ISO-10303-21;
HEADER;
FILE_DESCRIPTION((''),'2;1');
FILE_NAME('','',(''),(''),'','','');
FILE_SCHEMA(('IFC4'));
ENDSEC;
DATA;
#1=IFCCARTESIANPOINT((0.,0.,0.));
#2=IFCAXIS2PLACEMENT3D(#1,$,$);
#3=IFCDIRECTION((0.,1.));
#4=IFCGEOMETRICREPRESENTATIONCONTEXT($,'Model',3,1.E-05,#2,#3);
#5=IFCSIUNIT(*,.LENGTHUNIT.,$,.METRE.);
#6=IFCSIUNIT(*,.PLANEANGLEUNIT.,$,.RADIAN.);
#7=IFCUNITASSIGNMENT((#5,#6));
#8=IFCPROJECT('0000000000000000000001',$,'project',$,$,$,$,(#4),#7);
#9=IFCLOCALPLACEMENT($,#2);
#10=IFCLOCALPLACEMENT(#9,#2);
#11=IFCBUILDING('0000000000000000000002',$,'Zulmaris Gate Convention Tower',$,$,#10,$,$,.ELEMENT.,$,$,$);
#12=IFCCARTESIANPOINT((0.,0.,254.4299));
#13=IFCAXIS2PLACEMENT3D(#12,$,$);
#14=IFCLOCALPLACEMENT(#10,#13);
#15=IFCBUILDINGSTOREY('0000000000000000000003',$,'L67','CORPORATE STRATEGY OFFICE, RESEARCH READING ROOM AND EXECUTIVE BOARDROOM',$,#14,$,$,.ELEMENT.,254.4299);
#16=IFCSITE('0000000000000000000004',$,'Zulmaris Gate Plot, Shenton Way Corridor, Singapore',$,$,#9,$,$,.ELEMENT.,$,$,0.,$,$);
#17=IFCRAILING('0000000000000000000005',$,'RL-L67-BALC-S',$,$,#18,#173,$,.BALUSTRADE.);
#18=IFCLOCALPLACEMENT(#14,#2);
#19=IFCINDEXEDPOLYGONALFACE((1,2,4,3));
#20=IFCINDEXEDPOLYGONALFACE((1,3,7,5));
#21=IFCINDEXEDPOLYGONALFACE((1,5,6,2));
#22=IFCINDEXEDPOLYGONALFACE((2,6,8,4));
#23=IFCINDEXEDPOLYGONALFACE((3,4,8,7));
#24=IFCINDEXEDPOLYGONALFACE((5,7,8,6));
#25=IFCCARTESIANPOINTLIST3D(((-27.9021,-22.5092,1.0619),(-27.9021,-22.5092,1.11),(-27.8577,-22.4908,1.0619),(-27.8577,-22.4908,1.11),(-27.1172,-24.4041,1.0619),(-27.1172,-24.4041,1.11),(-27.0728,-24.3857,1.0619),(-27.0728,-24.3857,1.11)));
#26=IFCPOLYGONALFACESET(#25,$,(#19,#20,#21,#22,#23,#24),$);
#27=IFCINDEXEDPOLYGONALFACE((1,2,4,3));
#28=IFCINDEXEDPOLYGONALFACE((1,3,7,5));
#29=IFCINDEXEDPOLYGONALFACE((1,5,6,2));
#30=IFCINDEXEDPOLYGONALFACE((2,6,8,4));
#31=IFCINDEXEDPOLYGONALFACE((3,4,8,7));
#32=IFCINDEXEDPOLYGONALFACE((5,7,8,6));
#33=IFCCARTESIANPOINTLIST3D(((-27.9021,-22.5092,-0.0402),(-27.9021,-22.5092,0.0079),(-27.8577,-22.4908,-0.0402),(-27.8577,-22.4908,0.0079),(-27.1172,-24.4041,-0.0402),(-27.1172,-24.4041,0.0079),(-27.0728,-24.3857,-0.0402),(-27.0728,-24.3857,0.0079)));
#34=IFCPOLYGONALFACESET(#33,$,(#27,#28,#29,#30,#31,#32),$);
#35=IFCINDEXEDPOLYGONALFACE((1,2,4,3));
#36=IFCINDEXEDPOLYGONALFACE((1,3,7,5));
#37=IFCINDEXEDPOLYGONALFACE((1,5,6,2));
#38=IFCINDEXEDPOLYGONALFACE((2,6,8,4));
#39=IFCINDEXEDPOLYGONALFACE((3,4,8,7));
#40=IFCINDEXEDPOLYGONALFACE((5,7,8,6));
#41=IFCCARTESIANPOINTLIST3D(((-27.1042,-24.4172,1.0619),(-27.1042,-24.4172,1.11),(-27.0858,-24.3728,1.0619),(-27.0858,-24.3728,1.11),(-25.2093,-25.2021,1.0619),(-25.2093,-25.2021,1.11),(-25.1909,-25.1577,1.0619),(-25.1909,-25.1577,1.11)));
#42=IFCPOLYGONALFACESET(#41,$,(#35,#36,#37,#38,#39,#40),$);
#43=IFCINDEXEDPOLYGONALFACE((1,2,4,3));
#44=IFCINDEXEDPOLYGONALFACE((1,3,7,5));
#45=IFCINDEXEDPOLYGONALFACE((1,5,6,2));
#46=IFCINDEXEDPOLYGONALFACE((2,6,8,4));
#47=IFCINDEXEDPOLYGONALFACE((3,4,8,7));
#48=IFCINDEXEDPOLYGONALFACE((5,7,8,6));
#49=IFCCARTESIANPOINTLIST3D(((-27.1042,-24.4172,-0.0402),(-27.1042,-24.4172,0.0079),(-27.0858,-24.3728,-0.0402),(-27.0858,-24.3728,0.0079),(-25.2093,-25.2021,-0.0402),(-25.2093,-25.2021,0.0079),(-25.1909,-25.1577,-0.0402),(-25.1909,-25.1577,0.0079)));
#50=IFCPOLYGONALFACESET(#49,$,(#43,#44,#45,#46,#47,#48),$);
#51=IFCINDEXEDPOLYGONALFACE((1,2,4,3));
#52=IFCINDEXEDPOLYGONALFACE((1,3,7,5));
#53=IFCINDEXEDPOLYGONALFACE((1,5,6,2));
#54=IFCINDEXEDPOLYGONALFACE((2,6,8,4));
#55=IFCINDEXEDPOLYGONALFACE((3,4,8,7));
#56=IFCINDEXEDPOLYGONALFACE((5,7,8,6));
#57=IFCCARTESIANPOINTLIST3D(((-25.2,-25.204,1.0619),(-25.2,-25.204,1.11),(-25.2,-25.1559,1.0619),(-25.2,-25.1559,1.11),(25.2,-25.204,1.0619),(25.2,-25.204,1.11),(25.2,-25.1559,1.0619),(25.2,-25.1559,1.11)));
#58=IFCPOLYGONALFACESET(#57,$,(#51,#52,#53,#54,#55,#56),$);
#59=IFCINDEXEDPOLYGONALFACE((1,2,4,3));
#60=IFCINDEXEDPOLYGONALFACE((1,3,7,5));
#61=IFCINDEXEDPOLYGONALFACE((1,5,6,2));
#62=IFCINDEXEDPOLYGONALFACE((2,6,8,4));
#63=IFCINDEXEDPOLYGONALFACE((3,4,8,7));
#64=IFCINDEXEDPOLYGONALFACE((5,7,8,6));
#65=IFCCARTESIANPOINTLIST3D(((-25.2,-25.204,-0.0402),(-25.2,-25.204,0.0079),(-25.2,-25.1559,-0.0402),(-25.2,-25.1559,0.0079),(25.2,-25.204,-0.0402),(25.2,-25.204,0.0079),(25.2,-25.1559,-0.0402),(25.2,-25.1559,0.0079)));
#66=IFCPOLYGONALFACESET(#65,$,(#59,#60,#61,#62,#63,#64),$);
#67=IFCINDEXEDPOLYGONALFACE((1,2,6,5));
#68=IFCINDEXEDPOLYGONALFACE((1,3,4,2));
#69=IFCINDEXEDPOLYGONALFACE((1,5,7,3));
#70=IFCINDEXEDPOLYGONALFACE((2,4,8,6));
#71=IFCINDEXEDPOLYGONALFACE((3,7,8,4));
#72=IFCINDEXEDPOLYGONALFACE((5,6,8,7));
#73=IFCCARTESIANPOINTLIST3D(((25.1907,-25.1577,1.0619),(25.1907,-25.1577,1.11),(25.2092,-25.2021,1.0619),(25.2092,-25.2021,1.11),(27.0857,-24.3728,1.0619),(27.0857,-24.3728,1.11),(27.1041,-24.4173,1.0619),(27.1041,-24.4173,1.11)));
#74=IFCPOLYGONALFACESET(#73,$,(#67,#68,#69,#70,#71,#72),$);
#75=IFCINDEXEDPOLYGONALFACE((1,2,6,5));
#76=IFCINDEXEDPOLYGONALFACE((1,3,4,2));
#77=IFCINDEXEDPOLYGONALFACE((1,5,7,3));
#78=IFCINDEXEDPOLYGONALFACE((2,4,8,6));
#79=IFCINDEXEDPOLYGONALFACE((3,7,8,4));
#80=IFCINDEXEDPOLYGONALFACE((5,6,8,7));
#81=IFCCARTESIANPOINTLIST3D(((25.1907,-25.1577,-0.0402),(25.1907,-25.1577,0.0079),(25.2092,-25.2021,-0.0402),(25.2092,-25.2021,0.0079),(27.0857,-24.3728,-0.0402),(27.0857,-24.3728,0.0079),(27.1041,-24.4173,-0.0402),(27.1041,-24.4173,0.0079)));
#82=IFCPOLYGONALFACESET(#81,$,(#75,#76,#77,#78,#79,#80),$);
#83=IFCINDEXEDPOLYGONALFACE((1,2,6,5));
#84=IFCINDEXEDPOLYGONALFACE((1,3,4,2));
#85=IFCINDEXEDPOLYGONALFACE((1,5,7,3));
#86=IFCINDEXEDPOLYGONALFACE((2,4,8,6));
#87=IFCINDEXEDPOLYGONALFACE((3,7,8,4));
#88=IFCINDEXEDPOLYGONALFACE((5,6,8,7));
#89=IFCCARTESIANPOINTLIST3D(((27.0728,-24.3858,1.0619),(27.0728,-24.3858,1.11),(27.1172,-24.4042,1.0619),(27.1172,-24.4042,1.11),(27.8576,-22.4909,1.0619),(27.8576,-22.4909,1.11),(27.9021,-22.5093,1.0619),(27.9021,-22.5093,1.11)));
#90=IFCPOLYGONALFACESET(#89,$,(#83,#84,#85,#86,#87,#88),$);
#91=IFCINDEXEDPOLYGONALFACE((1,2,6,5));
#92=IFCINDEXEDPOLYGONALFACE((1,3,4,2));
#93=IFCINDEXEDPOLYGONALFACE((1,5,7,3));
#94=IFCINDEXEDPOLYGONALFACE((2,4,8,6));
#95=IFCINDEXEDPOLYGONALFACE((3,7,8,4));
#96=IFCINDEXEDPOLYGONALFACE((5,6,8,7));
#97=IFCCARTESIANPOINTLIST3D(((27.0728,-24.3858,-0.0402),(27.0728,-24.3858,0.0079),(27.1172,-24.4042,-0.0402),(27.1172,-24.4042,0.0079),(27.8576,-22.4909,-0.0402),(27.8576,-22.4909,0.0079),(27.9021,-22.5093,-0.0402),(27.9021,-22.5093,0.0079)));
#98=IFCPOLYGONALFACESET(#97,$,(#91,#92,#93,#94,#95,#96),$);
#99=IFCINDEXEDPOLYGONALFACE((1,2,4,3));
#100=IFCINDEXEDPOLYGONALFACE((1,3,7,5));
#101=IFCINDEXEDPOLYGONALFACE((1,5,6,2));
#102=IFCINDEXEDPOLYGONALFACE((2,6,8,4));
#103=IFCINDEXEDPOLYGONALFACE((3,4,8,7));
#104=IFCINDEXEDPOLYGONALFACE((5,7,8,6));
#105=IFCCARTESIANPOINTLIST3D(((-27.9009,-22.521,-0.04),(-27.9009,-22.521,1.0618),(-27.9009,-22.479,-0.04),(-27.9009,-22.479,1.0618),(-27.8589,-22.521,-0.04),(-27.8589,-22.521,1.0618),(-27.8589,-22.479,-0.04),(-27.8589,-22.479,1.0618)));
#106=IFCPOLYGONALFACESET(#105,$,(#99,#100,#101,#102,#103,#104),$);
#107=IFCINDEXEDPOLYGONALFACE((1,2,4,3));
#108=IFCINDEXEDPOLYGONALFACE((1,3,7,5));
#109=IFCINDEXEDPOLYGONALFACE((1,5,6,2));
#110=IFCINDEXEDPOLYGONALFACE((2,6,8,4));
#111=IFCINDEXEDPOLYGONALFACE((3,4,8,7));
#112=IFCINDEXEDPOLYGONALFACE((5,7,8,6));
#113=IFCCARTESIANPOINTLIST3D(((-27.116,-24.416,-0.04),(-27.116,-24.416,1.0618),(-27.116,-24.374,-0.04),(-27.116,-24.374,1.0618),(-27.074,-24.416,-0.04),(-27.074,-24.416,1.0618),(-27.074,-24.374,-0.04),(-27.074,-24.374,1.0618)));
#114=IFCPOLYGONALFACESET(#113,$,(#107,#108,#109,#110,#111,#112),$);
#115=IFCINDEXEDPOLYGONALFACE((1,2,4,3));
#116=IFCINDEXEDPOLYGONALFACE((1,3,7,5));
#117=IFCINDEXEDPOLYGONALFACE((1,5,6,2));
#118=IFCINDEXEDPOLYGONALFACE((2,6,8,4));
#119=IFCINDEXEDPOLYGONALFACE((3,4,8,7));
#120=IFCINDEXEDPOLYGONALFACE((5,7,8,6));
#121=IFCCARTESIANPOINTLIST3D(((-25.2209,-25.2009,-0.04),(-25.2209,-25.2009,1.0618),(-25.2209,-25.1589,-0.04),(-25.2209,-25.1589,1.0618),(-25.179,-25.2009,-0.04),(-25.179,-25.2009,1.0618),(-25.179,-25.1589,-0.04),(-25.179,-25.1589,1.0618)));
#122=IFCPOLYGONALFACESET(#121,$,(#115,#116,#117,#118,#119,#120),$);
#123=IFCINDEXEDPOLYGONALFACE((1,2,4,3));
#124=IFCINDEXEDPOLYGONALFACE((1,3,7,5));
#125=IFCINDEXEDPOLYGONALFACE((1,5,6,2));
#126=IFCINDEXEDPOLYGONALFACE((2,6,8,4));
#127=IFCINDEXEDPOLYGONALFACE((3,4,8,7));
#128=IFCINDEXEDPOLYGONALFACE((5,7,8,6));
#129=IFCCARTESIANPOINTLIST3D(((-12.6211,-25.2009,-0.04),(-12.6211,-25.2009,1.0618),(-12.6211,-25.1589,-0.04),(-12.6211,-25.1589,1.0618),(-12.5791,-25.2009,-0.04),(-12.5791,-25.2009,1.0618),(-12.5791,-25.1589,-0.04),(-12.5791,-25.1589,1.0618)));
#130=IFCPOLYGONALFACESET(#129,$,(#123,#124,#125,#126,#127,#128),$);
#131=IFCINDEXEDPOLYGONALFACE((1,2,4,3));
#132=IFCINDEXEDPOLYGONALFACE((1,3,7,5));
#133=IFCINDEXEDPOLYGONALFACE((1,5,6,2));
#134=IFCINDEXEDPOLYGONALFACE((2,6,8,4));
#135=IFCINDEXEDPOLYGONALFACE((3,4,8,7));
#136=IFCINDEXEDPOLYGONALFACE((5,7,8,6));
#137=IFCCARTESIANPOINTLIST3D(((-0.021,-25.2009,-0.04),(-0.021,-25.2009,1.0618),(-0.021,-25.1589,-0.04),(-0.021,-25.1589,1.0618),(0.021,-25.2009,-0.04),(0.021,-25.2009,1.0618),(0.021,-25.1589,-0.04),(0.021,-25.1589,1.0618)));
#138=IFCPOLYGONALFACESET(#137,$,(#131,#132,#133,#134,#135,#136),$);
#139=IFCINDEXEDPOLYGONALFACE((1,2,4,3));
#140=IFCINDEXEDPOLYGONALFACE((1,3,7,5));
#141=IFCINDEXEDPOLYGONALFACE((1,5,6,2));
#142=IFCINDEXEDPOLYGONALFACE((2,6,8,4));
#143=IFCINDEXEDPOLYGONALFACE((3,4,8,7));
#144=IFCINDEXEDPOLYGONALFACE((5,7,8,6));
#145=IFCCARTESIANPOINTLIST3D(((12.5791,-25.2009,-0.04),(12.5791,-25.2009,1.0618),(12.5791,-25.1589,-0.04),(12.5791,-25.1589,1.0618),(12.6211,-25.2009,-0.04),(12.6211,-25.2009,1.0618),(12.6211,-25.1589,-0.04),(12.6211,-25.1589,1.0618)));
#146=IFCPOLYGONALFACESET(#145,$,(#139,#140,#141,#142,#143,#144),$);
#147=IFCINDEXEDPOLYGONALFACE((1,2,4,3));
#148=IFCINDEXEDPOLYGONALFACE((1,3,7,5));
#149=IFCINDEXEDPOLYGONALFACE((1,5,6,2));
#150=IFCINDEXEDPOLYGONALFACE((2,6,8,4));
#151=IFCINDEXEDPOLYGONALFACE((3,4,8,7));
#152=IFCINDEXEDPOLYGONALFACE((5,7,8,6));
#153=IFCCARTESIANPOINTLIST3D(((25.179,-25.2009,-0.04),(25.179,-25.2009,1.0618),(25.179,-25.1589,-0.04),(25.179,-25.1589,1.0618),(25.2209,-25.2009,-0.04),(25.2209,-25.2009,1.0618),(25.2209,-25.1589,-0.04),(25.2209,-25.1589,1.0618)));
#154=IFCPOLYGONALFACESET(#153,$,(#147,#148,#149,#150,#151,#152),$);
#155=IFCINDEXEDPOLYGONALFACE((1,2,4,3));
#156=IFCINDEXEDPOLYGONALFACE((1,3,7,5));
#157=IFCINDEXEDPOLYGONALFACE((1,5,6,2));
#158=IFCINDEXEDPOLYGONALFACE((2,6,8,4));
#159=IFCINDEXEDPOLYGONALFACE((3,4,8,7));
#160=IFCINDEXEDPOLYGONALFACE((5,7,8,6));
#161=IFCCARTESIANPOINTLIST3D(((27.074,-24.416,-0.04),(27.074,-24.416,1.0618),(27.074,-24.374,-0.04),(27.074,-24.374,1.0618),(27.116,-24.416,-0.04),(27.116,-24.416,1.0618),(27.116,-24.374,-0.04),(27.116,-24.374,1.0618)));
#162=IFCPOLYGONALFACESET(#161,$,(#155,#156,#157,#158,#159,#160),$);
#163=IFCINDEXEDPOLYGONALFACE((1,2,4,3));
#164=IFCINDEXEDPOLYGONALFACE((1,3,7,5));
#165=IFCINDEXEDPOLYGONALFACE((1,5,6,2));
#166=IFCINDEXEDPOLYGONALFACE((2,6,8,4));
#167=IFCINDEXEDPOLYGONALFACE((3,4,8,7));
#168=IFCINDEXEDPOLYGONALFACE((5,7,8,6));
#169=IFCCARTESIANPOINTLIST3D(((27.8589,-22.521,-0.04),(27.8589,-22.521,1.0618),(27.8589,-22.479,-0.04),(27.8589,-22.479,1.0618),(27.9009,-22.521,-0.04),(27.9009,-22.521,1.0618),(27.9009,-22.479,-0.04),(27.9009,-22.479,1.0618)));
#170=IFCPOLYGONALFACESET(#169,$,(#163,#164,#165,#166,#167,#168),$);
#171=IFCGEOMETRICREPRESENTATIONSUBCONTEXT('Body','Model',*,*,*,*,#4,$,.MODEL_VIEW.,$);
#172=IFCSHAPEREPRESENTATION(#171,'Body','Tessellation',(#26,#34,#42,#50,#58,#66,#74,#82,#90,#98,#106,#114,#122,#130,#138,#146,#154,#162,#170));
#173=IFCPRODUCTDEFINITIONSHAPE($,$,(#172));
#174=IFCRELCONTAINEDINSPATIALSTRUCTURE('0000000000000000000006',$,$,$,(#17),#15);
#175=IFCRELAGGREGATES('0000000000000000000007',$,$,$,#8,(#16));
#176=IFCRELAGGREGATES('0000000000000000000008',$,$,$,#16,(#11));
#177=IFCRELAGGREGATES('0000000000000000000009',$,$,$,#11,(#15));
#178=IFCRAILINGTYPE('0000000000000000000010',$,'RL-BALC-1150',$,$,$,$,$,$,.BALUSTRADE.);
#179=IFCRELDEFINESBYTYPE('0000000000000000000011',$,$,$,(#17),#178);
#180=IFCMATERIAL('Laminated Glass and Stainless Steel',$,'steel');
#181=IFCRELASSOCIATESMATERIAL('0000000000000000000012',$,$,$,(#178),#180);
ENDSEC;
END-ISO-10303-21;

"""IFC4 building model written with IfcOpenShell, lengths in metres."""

from ifc_helpers import new_model, si_unit, direction, frame, origin, origin_2d, place, context, subcontext, project, spatial, rectangle, extrude, material, type_object, element, save


model = new_model("IFC4")

# Units and contexts
model_context = context("Model", 3, precision=1e-05, world=origin(), true_north=direction((0.0, 1.0)))
body_context = subcontext(model_context, "Body", "Model", "MODEL_VIEW")
ifc_project = project(units=[si_unit("LENGTHUNIT", "METRE"), si_unit("PLANEANGLEUNIT", "RADIAN")], contexts=[model_context])

# Site, building, storey
site_placement = place(None, origin())
site = spatial("IfcSite", under=ifc_project, at=site_placement, Name="Zulmaris Gate Plot, Shenton Way Corridor, Singapore", CompositionType="ELEMENT", RefElevation=0.0)
building_placement = place(site_placement, origin())
building = spatial("IfcBuilding", under=site, at=building_placement, Name="Zulmaris Gate Convention Tower", CompositionType="ELEMENT")
storey_placement = place(building_placement, frame((0.0, 0.0, 254.4299)))
storey = spatial("IfcBuildingStorey", under=building, at=storey_placement, Name="L67", Description="CORPORATE STRATEGY OFFICE, RESEARCH READING ROOM AND EXECUTIVE BOARDROOM", CompositionType="ELEMENT", Elevation=254.4299)

# Railing
ifc_material_1 = material(Name="Laminated Glass and Stainless Steel", Category="steel")
railing_type = type_object("IfcRailingType", Name="RL-BALC-1150", PredefinedType="BALUSTRADE", material=ifc_material_1)
railing_placement = place(storey_placement, frame((-27.8799, -22.5, -0.04)))
element("IfcRailing", 1, at=railing_placement, inside=storey, type_object=railing_type, Name="RL-L67-BALC-S", PredefinedType="BALUSTRADE", context=body_context, shape_type="SweptSolid", body=[
    extrude(rectangle(XDim=0.0481, YDim=0.0481, at=origin_2d()), frame((0.0, 0.0, 1.126), z_axis=(0.382671, -0.923885, 0.0), x_axis=(0.923885, 0.382671, 0.0)), (0.0, 0.0, 1.0), 2.051),
    extrude(rectangle(XDim=0.0481, YDim=0.0481, at=origin_2d()), frame((0.0, 0.0, 0.0239), z_axis=(0.382671, -0.923885, 0.0), x_axis=(0.923885, 0.382671, 0.0)), (0.0, 0.0, 1.0), 2.051),
    extrude(rectangle(XDim=0.0481, YDim=0.0481, at=origin_2d()), frame((0.7849, -1.895, 1.126), z_axis=(0.923885, -0.382671, 0.0), x_axis=(0.382671, 0.923885, 0.0)), (0.0, 0.0, 1.0), 2.051),
    extrude(rectangle(XDim=0.0481, YDim=0.0481, at=origin_2d()), frame((0.7849, -1.895, 0.0239), z_axis=(0.923885, -0.382671, 0.0), x_axis=(0.382671, 0.923885, 0.0)), (0.0, 0.0, 1.0), 2.051),
    extrude(rectangle(XDim=0.0481, YDim=0.0481, at=origin_2d()), frame((2.6799, -2.6799, 1.126), z_axis=(1.0, 0.0, 0.0), x_axis=(0.0, 1.0, 0.0)), (0.0, 0.0, 1.0), 50.3999),
    extrude(rectangle(XDim=0.0481, YDim=0.0481, at=origin_2d()), frame((2.6799, -2.6799, 0.0239), z_axis=(1.0, 0.0, 0.0), x_axis=(0.0, 1.0, 0.0)), (0.0, 0.0, 1.0), 50.3999),
    extrude(rectangle(XDim=0.0481, YDim=0.0481, at=origin_2d()), frame((53.0798, -2.6799, 1.126), z_axis=(0.923885, 0.382671, 0.0), x_axis=(-0.382671, 0.923885, 0.0)), (0.0, 0.0, 1.0), 2.051),
    extrude(rectangle(XDim=0.0481, YDim=0.0481, at=origin_2d()), frame((53.0798, -2.6799, 0.0239), z_axis=(0.923885, 0.382671, 0.0), x_axis=(-0.382671, 0.923885, 0.0)), (0.0, 0.0, 1.0), 2.051),
    extrude(rectangle(XDim=0.0481, YDim=0.0481, at=origin_2d()), frame((54.9749, -1.895, 1.126), z_axis=(0.382671, 0.923885, 0.0), x_axis=(-0.923885, 0.382671, 0.0)), (0.0, 0.0, 1.0), 2.051),
    extrude(rectangle(XDim=0.0481, YDim=0.0481, at=origin_2d()), frame((54.9749, -1.895, 0.0239), z_axis=(0.382671, 0.923885, 0.0), x_axis=(-0.923885, 0.382671, 0.0)), (0.0, 0.0, 1.0), 2.051),
    extrude(rectangle(XDim=0.042, YDim=0.042, at=origin_2d()), origin(), (0.0, 0.0, 1.0), 1.1018),
    extrude(rectangle(XDim=0.042, YDim=0.042, at=origin_2d()), frame((0.7849, -1.895, 0.0)), (0.0, 0.0, 1.0), 1.1018),
    extrude(rectangle(XDim=0.042, YDim=0.042, at=origin_2d()), frame((2.6799, -2.6799, 0.0)), (0.0, 0.0, 1.0), 1.1018),
    extrude(rectangle(XDim=0.042, YDim=0.042, at=origin_2d()), frame((15.2798, -2.6799, 0.0)), (0.0, 0.0, 1.0), 1.1018),
    extrude(rectangle(XDim=0.042, YDim=0.042, at=origin_2d()), frame((27.8799, -2.6799, 0.0)), (0.0, 0.0, 1.0), 1.1018),
    extrude(rectangle(XDim=0.042, YDim=0.042, at=origin_2d()), frame((40.48, -2.6799, 0.0)), (0.0, 0.0, 1.0), 1.1018),
    extrude(rectangle(XDim=0.042, YDim=0.042, at=origin_2d()), frame((53.0798, -2.6799, 0.0)), (0.0, 0.0, 1.0), 1.1018),
    extrude(rectangle(XDim=0.042, YDim=0.042, at=origin_2d()), frame((54.9749, -1.895, 0.0)), (0.0, 0.0, 1.0), 1.1018),
    extrude(rectangle(XDim=0.042, YDim=0.042, at=origin_2d()), frame((55.7598, 0.0, 0.0)), (0.0, 0.0, 1.0), 1.1018),
])

save(model, "model.ifc")
